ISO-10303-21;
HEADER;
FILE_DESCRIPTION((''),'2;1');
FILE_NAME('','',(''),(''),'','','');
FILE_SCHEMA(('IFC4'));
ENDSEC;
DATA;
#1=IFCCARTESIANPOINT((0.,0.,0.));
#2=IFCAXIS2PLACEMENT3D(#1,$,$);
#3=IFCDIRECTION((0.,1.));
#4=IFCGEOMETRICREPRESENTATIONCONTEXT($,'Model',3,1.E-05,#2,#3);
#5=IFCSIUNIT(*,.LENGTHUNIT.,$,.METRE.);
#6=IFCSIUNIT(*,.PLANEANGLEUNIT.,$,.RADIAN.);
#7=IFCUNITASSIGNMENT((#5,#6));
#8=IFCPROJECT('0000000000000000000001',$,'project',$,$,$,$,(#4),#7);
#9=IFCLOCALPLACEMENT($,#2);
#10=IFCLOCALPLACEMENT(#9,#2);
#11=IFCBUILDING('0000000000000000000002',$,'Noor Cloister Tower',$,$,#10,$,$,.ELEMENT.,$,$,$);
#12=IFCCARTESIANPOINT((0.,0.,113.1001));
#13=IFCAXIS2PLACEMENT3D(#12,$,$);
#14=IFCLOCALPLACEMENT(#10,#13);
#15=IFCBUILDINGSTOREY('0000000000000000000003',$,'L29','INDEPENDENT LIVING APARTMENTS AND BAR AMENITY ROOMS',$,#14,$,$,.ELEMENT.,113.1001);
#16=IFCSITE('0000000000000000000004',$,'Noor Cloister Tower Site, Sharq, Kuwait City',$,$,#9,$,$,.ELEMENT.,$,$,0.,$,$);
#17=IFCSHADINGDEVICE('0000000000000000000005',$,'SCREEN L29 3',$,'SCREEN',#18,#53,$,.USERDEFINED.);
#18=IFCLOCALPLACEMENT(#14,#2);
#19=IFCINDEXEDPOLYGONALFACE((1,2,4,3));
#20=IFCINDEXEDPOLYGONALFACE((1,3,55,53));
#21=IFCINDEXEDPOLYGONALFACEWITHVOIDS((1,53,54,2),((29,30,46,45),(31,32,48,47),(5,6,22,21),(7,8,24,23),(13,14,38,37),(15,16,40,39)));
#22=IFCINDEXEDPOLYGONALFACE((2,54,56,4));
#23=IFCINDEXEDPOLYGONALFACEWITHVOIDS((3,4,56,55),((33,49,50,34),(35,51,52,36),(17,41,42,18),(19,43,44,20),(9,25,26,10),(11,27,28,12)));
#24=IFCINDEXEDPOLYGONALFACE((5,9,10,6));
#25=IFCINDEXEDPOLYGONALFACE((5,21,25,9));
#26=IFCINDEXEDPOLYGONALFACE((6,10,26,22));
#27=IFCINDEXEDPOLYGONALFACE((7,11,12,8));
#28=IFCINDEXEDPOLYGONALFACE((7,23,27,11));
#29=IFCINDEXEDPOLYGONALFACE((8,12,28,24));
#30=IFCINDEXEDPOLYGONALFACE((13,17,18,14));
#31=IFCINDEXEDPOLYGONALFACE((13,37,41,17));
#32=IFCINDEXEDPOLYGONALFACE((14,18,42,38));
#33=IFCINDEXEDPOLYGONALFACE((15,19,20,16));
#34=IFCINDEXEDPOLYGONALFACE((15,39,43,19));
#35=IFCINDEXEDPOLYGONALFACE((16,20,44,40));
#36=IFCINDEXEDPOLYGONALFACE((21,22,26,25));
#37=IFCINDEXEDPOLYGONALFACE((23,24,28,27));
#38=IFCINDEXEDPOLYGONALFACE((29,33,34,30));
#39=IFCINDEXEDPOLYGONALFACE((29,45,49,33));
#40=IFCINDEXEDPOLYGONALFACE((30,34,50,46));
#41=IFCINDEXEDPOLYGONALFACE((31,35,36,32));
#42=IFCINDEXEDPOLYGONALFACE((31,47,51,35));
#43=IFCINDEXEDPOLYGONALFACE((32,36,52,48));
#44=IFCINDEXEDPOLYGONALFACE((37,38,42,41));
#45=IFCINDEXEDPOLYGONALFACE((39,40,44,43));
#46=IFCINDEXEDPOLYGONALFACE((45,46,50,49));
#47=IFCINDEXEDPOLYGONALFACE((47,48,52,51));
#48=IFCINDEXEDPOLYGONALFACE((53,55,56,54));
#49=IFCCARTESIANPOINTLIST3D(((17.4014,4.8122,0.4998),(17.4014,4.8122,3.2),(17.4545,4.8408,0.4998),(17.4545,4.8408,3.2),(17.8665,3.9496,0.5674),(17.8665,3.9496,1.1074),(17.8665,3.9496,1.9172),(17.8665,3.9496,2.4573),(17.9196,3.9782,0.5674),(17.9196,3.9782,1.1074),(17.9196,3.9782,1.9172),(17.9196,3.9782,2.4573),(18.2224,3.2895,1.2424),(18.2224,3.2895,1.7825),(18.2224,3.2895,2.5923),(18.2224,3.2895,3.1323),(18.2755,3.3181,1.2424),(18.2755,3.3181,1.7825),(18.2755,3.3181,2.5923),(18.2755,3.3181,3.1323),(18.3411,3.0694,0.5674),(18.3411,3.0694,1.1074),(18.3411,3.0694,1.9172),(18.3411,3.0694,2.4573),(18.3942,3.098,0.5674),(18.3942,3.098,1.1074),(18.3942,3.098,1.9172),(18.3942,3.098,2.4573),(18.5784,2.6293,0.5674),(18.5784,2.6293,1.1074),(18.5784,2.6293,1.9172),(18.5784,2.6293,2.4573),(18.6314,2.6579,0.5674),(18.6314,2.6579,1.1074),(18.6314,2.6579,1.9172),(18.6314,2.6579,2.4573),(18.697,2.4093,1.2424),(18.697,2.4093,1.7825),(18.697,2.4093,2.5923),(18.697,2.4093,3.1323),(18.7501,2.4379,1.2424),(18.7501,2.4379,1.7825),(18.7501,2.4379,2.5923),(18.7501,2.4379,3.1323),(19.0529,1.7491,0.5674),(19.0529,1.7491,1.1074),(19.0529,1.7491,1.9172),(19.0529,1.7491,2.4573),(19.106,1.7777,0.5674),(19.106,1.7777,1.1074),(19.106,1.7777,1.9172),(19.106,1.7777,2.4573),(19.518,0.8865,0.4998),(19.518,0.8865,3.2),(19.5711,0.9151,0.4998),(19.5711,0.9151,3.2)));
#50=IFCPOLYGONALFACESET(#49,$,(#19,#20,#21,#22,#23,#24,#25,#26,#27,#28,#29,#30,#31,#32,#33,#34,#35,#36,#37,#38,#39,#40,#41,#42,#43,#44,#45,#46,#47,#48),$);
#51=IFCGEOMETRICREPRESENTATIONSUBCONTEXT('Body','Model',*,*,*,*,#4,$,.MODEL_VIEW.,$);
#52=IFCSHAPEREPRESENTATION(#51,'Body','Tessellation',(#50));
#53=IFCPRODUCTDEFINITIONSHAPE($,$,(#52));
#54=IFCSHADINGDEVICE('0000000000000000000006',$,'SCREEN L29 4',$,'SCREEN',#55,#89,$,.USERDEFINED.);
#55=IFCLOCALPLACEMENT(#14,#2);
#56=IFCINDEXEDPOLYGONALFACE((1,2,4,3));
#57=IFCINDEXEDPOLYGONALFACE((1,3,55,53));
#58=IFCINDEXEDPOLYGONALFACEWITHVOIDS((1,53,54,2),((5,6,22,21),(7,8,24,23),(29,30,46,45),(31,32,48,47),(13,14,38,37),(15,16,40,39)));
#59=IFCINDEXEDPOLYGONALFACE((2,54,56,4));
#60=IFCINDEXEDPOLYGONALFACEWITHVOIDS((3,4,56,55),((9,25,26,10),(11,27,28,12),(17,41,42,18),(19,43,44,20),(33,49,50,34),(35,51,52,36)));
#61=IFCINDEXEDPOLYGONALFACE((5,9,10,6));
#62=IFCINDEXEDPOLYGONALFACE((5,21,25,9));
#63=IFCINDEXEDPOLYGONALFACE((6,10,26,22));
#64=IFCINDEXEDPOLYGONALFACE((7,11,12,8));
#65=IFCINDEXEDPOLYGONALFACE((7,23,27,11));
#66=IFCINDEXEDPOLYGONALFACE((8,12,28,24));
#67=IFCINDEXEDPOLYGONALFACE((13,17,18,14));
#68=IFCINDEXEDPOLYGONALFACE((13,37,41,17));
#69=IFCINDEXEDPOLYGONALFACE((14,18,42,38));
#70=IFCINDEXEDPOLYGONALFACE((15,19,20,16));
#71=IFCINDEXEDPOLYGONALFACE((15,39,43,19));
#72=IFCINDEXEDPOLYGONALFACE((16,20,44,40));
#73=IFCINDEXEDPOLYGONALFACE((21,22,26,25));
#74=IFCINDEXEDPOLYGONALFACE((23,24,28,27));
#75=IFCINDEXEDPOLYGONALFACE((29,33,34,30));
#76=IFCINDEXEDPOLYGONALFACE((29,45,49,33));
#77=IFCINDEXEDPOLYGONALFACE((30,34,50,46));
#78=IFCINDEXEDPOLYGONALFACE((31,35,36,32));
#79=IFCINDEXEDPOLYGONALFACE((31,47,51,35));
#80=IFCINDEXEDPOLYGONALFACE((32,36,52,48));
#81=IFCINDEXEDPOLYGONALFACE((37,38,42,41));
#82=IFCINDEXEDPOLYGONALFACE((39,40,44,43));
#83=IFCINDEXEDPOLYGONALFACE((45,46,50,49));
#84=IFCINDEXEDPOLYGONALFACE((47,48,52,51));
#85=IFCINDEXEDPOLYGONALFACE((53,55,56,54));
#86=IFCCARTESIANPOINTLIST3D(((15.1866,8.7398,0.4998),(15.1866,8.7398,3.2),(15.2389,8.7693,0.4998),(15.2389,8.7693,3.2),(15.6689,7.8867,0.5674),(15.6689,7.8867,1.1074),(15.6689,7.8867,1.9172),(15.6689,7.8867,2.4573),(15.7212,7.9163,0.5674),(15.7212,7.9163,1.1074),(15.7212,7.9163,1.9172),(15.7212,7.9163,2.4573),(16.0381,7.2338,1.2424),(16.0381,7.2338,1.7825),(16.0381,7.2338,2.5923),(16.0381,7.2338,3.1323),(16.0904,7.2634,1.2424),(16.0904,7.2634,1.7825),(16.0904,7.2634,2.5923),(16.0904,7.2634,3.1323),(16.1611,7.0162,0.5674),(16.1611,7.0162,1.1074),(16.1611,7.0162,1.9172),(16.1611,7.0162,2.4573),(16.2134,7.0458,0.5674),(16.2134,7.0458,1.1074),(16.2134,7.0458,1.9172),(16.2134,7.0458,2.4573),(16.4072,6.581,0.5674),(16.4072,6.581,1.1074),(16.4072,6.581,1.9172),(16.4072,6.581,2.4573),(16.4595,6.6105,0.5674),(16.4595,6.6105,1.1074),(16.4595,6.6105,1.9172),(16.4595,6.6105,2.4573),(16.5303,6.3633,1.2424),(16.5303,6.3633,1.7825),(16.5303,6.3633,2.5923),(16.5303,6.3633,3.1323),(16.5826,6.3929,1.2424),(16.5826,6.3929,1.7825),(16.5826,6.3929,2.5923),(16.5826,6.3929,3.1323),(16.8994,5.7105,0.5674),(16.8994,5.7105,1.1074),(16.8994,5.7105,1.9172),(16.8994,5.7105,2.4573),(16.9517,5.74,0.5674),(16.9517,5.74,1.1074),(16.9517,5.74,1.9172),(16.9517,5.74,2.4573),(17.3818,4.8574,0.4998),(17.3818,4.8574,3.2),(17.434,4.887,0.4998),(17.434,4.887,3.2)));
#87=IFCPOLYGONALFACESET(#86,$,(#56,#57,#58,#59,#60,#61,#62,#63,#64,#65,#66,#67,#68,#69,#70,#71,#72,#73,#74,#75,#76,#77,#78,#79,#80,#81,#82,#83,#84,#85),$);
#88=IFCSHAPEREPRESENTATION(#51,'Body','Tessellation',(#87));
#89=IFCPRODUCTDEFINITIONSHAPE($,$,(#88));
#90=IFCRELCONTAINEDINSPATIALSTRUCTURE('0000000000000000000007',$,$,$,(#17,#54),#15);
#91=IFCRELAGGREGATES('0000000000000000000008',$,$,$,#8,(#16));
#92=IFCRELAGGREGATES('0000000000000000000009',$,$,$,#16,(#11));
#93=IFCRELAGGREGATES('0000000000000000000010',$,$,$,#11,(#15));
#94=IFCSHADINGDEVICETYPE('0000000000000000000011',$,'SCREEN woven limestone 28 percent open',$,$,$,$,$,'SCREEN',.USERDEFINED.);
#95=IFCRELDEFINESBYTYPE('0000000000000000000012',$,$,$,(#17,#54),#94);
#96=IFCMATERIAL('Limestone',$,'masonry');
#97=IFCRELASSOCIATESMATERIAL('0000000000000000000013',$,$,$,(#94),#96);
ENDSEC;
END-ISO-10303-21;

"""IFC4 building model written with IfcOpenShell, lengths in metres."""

from ifc_helpers import new_model, si_unit, direction, frame, origin, place, context, subcontext, project, spatial, polyline, outline, extrude, material, material_profile, profile_set, type_object, element, save


model = new_model("IFC4")

# Units and contexts
model_context = context("Model", 3, precision=1e-05, world=origin(), true_north=direction((0.0, 1.0)))
body_context = subcontext(model_context, "Body", "Model", "MODEL_VIEW")
ifc_project = project(units=[si_unit("LENGTHUNIT", "METRE"), si_unit("PLANEANGLEUNIT", "RADIAN")], contexts=[model_context])

# Site, building, storey
site_placement = place(None, origin())
site = spatial("IfcSite", under=ifc_project, at=site_placement, Name="Noor Cloister Tower Site, Sharq, Kuwait City", CompositionType="ELEMENT", RefElevation=0.0)
building_placement = place(site_placement, origin())
building = spatial("IfcBuilding", under=site, at=building_placement, Name="Noor Cloister Tower", CompositionType="ELEMENT")
storey_placement = place(building_placement, frame((0.0, 0.0, 113.1001)))
storey = spatial("IfcBuildingStorey", under=building, at=storey_placement, Name="L29", Description="INDEPENDENT LIVING APARTMENTS AND BAR AMENITY ROOMS", CompositionType="ELEMENT", Elevation=113.1001)

# Shading devices
ifc_material_1 = material(Name="Limestone", Category="masonry")
ifc_material_profile_1 = material_profile(ifc_material_1, outline(polyline([(-2.23, -1.3501), (2.23, -1.3501), (2.23, 1.3501), (-2.23, 1.3501), (-2.23, -1.3501)]), holes=[polyline([(-1.25, -1.2825), (-0.25, -1.2825), (-0.25, -0.7424), (-1.25, -0.7424), (-1.25, -1.2825)]), polyline([(0.25, -1.2825), (1.25, -1.2825), (1.25, -0.7424), (0.25, -0.7424), (0.25, -1.2825)]), polyline([(-0.5, -0.6074), (0.5, -0.6074), (0.5, -0.0674), (-0.5, -0.0674), (-0.5, -0.6074)]), polyline([(-1.25, 0.0674), (-0.25, 0.0674), (-0.25, 0.6074), (-1.25, 0.6074), (-1.25, 0.0674)]), polyline([(0.25, 0.0674), (1.25, 0.0674), (1.25, 0.6074), (0.25, 0.6074), (0.25, 0.0674)]), polyline([(-0.5, 0.7424), (0.5, 0.7424), (0.5, 1.2825), (-0.5, 1.2825), (-0.5, 0.7424)])]), Name="Woven screen 28 percent open")
ifc_profile_set_1 = profile_set([ifc_material_profile_1], Name="Limestone")
shading_device_type = type_object("IfcShadingDeviceType", Name="SCREEN woven limestone 28 percent open", ElementType="SCREEN", PredefinedType="USERDEFINED", material=ifc_profile_set_1)
shading_device_1_placement = place(storey_placement, frame((18.4597, 2.8494, 1.8499), z_axis=(0.88021, 0.474584, 0.0), x_axis=(-0.474584, 0.88021, 0.0)))
element("IfcShadingDevice", 1, at=shading_device_1_placement, inside=storey, type_object=shading_device_type, Name="SCREEN L29 3", ObjectType="SCREEN", PredefinedType="USERDEFINED", context=body_context, shape_type="SweptSolid", body=[
    extrude(outline(polyline([(-2.23, -1.3501), (2.23, -1.3501), (2.23, 1.3501), (-2.23, 1.3501), (-2.23, -1.3501)]), holes=[polyline([(-1.25, -1.2825), (-0.25, -1.2825), (-0.25, -0.7424), (-1.25, -0.7424), (-1.25, -1.2825)]), polyline([(0.25, -1.2825), (1.25, -1.2825), (1.25, -0.7424), (0.25, -0.7424), (0.25, -1.2825)]), polyline([(-0.5, -0.6074), (0.5, -0.6074), (0.5, -0.0674), (-0.5, -0.0674), (-0.5, -0.6074)]), polyline([(-1.25, 0.0674), (-0.25, 0.0674), (-0.25, 0.6074), (-1.25, 0.6074), (-1.25, 0.0674)]), polyline([(0.25, 0.0674), (1.25, 0.0674), (1.25, 0.6074), (0.25, 0.6074), (0.25, 0.0674)]), polyline([(-0.5, 0.7424), (0.5, 0.7424), (0.5, 1.2825), (-0.5, 1.2825), (-0.5, 0.7424)])]), origin(), (0.0, 0.0, 1.0), 0.0603),
])
shading_device_2_placement = place(storey_placement, frame((16.2842, 6.7986, 1.8499), z_axis=(0.870487, 0.492191, 0.0), x_axis=(-0.492191, 0.870487, 0.0)))
element("IfcShadingDevice", 2, at=shading_device_2_placement, inside=storey, type_object=shading_device_type, Name="SCREEN L29 4", ObjectType="SCREEN", PredefinedType="USERDEFINED", context=body_context, shape_type="SweptSolid", body=[
    extrude(outline(polyline([(-2.23, -1.3501), (2.23, -1.3501), (2.23, 1.3501), (-2.23, 1.3501), (-2.23, -1.3501)]), holes=[polyline([(-1.25, -1.2825), (-0.25, -1.2825), (-0.25, -0.7424), (-1.25, -0.7424), (-1.25, -1.2825)]), polyline([(0.25, -1.2825), (1.25, -1.2825), (1.25, -0.7424), (0.25, -0.7424), (0.25, -1.2825)]), polyline([(-0.5, -0.6074), (0.5, -0.6074), (0.5, -0.0674), (-0.5, -0.0674), (-0.5, -0.6074)]), polyline([(-1.25, 0.0674), (-0.25, 0.0674), (-0.25, 0.6074), (-1.25, 0.6074), (-1.25, 0.0674)]), polyline([(0.25, 0.0674), (1.25, 0.0674), (1.25, 0.6074), (0.25, 0.6074), (0.25, 0.0674)]), polyline([(-0.5, 0.7424), (0.5, 0.7424), (0.5, 1.2825), (-0.5, 1.2825), (-0.5, 0.7424)])]), origin(), (0.0, 0.0, 1.0), 0.0601),
])

save(model, "model.ifc")
